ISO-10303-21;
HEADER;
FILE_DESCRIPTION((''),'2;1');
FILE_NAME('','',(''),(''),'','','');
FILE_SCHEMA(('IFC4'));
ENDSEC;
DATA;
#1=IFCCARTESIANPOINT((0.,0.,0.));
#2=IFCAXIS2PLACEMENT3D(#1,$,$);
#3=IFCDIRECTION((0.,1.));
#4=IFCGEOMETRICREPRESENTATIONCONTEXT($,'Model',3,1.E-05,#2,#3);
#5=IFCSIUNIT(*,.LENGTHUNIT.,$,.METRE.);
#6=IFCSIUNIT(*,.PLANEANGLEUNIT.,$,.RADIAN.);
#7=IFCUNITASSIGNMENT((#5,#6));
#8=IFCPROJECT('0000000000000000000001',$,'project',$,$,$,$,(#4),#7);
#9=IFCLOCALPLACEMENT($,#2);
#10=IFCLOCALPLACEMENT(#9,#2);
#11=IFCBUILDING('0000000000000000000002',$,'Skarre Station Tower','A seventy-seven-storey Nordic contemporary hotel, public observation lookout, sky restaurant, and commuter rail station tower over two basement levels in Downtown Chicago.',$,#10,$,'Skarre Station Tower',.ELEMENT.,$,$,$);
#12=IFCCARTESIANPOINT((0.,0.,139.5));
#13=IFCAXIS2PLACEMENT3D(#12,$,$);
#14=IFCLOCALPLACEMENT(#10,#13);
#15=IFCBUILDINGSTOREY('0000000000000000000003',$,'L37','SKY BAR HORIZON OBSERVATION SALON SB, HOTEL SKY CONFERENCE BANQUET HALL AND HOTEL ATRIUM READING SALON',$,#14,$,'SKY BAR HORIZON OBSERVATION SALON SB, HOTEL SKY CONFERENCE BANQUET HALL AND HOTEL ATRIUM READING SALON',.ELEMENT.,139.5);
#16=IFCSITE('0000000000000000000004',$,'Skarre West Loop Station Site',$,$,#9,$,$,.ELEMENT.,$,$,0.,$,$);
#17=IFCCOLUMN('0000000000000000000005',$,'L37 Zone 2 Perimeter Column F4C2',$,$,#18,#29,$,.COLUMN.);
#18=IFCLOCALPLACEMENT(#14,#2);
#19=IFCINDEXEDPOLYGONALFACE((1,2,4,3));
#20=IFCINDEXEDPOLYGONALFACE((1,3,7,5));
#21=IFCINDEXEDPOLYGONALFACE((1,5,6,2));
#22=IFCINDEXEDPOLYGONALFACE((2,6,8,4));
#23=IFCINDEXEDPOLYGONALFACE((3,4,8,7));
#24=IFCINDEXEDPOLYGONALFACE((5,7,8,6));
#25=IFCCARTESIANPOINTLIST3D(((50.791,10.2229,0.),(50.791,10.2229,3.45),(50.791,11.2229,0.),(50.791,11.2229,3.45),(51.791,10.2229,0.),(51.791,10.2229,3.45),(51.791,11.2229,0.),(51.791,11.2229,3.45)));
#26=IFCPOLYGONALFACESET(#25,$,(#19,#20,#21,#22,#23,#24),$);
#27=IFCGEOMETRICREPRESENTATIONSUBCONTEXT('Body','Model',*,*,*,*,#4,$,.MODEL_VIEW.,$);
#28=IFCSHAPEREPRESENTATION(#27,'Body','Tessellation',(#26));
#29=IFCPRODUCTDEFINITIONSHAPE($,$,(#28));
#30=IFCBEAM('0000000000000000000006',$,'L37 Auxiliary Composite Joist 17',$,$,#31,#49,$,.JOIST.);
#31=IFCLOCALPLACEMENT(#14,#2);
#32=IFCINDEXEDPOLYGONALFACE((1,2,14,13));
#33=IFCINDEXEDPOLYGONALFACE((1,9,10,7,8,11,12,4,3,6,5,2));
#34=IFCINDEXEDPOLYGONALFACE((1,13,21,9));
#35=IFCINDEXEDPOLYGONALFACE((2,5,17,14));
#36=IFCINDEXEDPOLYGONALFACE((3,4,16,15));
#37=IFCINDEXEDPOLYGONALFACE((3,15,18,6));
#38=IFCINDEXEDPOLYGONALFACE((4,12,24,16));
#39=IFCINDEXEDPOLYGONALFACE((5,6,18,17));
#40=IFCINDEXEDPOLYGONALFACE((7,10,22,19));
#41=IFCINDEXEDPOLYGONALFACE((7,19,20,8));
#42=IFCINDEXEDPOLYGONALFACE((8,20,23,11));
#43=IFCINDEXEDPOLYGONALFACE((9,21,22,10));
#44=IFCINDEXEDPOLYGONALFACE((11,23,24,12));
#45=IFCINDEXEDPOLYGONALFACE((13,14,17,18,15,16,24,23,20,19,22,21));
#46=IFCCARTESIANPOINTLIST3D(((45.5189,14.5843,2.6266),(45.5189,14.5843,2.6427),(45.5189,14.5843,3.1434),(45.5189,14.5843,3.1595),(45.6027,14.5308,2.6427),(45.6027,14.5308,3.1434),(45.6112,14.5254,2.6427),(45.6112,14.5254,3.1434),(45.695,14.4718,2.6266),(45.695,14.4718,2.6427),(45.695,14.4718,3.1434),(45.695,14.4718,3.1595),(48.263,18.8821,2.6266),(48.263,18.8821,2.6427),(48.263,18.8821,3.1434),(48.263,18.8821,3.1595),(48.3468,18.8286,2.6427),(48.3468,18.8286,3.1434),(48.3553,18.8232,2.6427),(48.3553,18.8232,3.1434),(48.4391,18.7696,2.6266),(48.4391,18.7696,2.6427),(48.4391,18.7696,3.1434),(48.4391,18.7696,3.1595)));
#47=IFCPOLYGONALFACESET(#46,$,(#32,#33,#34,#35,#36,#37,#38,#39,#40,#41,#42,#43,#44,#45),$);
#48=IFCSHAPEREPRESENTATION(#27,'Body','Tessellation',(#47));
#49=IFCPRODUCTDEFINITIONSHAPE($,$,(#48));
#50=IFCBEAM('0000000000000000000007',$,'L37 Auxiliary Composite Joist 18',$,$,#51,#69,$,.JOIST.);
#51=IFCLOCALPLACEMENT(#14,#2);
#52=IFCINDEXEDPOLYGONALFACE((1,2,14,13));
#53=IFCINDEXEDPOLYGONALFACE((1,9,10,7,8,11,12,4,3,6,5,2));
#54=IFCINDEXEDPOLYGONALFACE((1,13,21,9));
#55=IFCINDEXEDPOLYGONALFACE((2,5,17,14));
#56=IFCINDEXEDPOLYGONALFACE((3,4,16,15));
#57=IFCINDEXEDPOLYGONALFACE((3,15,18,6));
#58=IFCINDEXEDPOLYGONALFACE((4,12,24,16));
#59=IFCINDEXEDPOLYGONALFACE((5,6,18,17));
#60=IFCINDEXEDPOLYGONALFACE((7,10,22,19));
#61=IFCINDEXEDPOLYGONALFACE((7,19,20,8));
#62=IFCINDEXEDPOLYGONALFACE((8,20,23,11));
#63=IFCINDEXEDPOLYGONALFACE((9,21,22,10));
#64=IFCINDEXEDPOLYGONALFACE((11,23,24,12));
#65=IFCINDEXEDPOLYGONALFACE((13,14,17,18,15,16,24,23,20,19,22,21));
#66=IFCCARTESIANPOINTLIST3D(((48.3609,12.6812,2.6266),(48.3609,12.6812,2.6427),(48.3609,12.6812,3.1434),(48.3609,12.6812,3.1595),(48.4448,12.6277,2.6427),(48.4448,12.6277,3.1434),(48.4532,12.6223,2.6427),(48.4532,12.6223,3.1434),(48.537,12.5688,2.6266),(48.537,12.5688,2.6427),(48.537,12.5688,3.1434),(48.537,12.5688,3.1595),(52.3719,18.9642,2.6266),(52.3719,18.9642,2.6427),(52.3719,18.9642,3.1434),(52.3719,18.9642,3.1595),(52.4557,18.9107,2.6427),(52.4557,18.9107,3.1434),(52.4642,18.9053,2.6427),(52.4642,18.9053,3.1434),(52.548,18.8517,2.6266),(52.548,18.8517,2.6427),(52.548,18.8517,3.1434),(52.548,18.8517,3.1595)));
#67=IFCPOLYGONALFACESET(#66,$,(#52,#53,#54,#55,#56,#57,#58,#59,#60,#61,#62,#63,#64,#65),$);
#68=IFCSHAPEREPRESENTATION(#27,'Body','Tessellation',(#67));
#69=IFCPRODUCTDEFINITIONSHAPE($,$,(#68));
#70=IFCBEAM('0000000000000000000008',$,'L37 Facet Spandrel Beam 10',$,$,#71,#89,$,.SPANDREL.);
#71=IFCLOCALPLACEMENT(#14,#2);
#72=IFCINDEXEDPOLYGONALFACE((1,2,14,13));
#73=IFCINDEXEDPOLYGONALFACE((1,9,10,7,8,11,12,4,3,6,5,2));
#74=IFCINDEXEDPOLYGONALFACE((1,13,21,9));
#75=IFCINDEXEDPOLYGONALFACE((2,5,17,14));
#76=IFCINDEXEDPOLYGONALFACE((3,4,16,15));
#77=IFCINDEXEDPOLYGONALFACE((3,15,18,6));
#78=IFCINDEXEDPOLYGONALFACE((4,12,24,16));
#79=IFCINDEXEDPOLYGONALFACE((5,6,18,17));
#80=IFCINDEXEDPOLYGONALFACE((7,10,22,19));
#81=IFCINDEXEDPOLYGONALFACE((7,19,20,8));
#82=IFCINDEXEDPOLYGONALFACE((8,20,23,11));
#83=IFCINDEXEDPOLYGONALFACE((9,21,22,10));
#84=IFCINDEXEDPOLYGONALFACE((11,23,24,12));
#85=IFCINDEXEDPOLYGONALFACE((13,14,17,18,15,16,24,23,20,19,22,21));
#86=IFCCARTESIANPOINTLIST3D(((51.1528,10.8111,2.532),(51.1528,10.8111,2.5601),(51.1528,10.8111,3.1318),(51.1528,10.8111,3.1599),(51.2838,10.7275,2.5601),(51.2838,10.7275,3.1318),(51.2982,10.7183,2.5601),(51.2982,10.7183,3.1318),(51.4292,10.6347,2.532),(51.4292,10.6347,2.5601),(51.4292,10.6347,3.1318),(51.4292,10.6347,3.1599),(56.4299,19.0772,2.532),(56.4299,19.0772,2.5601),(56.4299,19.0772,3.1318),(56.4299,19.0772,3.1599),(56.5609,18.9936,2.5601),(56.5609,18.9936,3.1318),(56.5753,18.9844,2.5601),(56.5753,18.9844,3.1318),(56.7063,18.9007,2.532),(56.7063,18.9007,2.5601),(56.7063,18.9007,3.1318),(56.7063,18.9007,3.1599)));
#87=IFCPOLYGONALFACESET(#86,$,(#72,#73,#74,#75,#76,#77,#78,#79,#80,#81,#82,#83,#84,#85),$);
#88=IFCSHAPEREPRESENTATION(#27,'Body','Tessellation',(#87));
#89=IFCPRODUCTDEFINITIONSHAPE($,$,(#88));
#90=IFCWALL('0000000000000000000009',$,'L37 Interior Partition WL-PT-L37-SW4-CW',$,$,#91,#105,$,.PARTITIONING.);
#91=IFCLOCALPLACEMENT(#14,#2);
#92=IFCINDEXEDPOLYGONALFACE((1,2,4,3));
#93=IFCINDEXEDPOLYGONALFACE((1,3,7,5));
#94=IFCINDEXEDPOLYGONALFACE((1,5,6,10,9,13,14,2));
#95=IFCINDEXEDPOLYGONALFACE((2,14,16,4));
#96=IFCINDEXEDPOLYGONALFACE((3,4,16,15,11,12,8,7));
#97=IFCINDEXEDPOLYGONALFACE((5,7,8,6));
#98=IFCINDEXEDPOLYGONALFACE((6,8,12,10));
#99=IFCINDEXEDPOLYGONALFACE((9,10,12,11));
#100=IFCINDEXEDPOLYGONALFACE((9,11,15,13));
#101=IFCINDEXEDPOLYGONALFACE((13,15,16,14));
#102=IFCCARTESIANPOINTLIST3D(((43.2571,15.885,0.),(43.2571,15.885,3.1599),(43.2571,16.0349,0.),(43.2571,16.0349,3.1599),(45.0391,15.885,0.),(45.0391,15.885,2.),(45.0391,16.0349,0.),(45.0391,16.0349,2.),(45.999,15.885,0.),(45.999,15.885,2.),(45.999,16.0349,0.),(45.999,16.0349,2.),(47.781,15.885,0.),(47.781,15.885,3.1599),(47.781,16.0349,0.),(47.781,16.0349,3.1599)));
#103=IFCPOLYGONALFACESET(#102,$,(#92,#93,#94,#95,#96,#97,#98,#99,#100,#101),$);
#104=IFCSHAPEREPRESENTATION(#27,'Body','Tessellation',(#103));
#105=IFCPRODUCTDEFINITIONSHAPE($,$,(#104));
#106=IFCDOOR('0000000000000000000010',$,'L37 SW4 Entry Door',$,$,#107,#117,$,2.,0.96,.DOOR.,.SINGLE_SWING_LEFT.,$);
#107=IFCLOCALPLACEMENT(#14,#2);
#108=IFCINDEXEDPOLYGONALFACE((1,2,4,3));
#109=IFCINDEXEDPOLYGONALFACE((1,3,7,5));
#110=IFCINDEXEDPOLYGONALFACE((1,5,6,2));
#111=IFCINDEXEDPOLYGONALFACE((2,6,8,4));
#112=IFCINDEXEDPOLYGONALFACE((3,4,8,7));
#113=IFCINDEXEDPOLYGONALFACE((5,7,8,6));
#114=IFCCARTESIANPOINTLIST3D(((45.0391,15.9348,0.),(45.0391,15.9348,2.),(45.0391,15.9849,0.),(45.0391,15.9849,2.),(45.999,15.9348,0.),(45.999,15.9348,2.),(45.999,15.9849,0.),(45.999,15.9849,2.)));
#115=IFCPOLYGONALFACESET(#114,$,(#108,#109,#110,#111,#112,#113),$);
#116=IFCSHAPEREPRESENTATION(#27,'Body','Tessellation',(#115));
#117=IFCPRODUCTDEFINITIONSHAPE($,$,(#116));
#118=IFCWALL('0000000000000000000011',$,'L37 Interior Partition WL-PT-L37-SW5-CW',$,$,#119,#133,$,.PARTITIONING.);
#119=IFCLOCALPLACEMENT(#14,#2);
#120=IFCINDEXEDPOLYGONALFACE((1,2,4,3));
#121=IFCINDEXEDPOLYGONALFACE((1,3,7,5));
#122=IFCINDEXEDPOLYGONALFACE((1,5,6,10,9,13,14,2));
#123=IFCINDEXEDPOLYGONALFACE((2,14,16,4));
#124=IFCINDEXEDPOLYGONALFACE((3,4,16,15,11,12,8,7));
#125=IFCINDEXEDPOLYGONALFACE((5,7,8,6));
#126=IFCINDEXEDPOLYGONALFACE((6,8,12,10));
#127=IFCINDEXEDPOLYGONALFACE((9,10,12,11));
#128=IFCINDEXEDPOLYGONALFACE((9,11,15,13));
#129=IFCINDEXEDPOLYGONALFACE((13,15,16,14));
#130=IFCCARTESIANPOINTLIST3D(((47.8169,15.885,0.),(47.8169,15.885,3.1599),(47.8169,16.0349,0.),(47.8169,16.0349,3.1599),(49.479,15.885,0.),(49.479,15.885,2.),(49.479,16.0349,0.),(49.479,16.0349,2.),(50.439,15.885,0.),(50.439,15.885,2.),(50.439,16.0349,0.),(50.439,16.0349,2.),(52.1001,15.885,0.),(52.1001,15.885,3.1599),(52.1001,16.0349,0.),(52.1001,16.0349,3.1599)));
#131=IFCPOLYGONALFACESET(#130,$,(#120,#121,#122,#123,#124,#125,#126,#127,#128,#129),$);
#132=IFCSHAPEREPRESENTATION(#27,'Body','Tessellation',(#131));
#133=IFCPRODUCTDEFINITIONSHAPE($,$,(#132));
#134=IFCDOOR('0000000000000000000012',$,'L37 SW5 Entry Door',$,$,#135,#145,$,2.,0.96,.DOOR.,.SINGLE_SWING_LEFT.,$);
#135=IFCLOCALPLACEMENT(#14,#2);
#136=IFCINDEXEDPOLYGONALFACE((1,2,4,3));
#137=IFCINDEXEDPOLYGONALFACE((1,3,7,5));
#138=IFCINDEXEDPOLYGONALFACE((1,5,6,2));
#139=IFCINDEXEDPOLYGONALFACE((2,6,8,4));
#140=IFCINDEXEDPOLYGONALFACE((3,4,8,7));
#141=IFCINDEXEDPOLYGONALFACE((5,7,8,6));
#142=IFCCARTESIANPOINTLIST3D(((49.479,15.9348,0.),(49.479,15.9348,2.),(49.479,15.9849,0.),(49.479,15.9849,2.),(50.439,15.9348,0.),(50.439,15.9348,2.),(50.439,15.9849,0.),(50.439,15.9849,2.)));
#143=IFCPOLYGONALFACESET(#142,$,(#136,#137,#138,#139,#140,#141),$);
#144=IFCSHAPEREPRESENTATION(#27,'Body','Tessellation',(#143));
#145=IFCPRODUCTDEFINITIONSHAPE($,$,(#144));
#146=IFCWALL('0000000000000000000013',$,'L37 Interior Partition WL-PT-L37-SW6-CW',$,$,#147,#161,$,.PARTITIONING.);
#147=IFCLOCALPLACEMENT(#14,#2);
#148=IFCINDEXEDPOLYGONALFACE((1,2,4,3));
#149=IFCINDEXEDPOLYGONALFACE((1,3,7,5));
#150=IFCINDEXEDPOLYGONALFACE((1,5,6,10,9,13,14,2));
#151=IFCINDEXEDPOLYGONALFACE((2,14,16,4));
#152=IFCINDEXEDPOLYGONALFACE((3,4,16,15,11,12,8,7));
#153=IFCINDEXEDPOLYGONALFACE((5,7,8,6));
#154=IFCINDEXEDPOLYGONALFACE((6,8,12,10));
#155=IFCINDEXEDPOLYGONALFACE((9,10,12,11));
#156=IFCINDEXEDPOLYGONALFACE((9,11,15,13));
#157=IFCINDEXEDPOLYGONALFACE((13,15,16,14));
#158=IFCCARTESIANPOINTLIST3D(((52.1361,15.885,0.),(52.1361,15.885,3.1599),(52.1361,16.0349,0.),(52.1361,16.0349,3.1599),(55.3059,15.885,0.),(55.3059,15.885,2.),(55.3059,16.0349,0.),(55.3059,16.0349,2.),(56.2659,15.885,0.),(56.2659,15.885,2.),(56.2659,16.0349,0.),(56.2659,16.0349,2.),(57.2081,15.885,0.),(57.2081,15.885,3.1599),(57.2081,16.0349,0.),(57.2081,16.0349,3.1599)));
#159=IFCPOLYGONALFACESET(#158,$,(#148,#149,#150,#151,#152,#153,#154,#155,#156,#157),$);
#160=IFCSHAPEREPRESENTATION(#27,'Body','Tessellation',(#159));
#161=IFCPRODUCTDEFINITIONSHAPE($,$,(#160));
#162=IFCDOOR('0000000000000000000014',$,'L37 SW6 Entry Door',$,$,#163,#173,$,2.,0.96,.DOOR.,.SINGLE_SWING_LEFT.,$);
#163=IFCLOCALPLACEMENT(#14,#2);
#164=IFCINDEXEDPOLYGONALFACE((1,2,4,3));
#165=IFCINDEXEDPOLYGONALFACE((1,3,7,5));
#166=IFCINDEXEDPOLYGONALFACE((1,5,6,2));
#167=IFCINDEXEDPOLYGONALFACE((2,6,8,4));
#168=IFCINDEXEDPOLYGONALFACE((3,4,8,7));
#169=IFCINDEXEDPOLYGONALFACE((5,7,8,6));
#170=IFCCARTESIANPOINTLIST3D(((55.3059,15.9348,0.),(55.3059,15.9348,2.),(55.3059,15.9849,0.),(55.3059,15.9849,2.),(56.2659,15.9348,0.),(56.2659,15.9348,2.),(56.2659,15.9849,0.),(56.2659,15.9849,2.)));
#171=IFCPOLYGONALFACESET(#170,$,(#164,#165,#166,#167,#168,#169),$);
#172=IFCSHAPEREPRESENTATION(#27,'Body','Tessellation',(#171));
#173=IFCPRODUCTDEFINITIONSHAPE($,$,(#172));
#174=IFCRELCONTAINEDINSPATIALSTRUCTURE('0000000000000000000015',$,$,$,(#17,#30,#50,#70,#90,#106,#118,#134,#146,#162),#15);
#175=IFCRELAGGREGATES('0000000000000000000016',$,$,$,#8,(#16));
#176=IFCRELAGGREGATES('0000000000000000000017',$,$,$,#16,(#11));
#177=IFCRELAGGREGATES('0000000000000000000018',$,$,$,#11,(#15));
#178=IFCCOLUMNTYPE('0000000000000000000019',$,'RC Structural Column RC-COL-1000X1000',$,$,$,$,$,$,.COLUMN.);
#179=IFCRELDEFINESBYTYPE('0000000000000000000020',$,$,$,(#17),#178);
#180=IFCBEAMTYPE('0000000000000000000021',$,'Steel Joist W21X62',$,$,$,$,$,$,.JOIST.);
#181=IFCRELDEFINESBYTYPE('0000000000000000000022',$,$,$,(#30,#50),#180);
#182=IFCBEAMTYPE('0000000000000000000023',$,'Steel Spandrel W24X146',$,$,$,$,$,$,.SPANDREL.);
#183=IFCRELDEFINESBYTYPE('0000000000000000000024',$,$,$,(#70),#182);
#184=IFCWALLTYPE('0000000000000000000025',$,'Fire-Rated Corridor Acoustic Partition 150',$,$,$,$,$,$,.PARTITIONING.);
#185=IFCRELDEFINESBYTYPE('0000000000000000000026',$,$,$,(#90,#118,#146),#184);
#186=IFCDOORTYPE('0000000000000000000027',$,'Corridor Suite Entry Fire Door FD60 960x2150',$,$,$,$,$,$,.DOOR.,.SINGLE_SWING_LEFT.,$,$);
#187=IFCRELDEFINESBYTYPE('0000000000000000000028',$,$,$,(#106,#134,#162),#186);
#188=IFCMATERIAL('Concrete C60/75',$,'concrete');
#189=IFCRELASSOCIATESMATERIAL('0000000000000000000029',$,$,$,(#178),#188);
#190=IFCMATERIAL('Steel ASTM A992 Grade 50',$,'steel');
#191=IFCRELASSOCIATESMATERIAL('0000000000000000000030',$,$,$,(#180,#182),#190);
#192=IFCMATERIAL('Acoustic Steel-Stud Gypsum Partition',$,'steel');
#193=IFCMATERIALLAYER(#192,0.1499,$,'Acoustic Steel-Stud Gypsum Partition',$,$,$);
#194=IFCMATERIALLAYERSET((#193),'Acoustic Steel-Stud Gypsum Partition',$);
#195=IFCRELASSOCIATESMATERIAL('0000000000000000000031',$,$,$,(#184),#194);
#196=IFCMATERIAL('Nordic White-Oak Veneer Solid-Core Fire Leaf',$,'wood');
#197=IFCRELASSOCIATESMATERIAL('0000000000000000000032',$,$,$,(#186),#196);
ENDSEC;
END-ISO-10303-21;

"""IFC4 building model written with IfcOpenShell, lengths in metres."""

from ifc_helpers import new_model, si_unit, direction, frame, frame_2d, origin, origin_2d, place, context, subcontext, project, spatial, rectangle, i_section, extrude, material, layer, layer_set, material_profile, profile_set, type_object, element, fill, save


model = new_model("IFC4")

# Units and contexts
model_context = context("Model", 3, precision=1e-05, world=origin(), true_north=direction((0.0, 1.0)))
body_context = subcontext(model_context, "Body", "Model", "MODEL_VIEW")
ifc_project = project(units=[si_unit("LENGTHUNIT", "METRE"), si_unit("PLANEANGLEUNIT", "RADIAN")], contexts=[model_context])

# Site, building, storey
site_placement = place(None, origin())
site = spatial("IfcSite", under=ifc_project, at=site_placement, Name="Skarre West Loop Station Site", CompositionType="ELEMENT", RefElevation=0.0)
building_placement = place(site_placement, origin())
building = spatial("IfcBuilding", under=site, at=building_placement, Name="Skarre Station Tower", Description="A seventy-seven-storey Nordic contemporary hotel, public observation lookout, sky restaurant, and commuter rail station tower over two basement levels in Downtown Chicago.", LongName="Skarre Station Tower", CompositionType="ELEMENT")
storey_placement = place(building_placement, frame((0.0, 0.0, 139.5)))
storey = spatial("IfcBuildingStorey", under=building, at=storey_placement, Name="L37", Description="SKY BAR HORIZON OBSERVATION SALON SB, HOTEL SKY CONFERENCE BANQUET HALL AND HOTEL ATRIUM READING SALON", LongName="SKY BAR HORIZON OBSERVATION SALON SB, HOTEL SKY CONFERENCE BANQUET HALL AND HOTEL ATRIUM READING SALON", CompositionType="ELEMENT", Elevation=139.5)

# Column
ifc_material_1 = material(Name="Concrete C60/75", Category="concrete")
ifc_material_profile_1 = material_profile(ifc_material_1, rectangle(XDim=1.0, YDim=1.0, at=origin_2d()), Name="Concrete C60/75")
ifc_profile_set_1 = profile_set([ifc_material_profile_1], Name="Concrete C60/75")
column_type = type_object("IfcColumnType", Name="RC Structural Column RC-COL-1000X1000", PredefinedType="COLUMN", material=ifc_profile_set_1)
column_placement = place(storey_placement, frame((51.291, 10.7229, 0.0), z_axis=(0.0, 0.0, 1.0), x_axis=(1.0, 0.0, 0.0)))
element("IfcColumn", 1, at=column_placement, inside=storey, type_object=column_type, Name="L37 Zone 2 Perimeter Column F4C2", PredefinedType="COLUMN", context=body_context, shape_type="SweptSolid", body=[
    extrude(rectangle(XDim=1.0, YDim=1.0, at=origin_2d()), origin(), (0.0, 0.0, 1.0), 3.45),
])

# Beams
ifc_material_2 = material(Name="Steel ASTM A992 Grade 50", Category="steel")
ifc_material_profile_2 = material_profile(ifc_material_2, i_section(OverallWidth=0.209, OverallDepth=0.533, WebThickness=0.01, FlangeThickness=0.0161, at=origin_2d()), Name="Steel ASTM A992 Grade 50")
ifc_profile_set_2 = profile_set([ifc_material_profile_2], Name="Steel ASTM A992 Grade 50")
beam_type_1 = type_object("IfcBeamType", Name="Steel Joist W21X62", PredefinedType="JOIST", material=ifc_profile_set_2)
beam_1_placement = place(storey_placement, frame((45.6069, 14.5281, 2.8931), z_axis=(0.538151, 0.842848, 0.0), x_axis=(-0.842848, 0.538151, 0.0)))
element("IfcBeam", 2, at=beam_1_placement, inside=storey, type_object=beam_type_1, Name="L37 Auxiliary Composite Joist 17", PredefinedType="JOIST", context=body_context, shape_type="SweptSolid", body=[
    extrude(i_section(OverallWidth=0.209, OverallDepth=0.533, WebThickness=0.01, FlangeThickness=0.0161, at=origin_2d()), origin(), (0.0, 0.0, 1.0), 5.0991),
])
beam_2_placement = place(storey_placement, frame((48.449, 12.625, 2.8931), z_axis=(0.538091, 0.842886, 0.0), x_axis=(-0.842886, 0.538091, 0.0)))
element("IfcBeam", 3, at=beam_2_placement, inside=storey, type_object=beam_type_1, Name="L37 Auxiliary Composite Joist 18", PredefinedType="JOIST", context=body_context, shape_type="SweptSolid", body=[
    extrude(i_section(OverallWidth=0.209, OverallDepth=0.533, WebThickness=0.01, FlangeThickness=0.0161, at=origin_2d()), origin(), (0.0, 0.0, 1.0), 7.4541),
])
ifc_material_profile_3 = material_profile(ifc_material_2, i_section(OverallWidth=0.3279, OverallDepth=0.6279, WebThickness=0.0171, FlangeThickness=0.0281, at=origin_2d()), Name="Steel ASTM A992 Grade 50")
ifc_profile_set_3 = profile_set([ifc_material_profile_3], Name="Steel ASTM A992 Grade 50")
beam_type_2 = type_object("IfcBeamType", Name="Steel Spandrel W24X146", PredefinedType="SPANDREL", material=ifc_profile_set_3)
beam_3_placement = place(storey_placement, frame((51.291, 10.7229, 2.8459), z_axis=(0.538098, 0.842883, 0.0), x_axis=(-0.842883, 0.538098, 0.0)))
element("IfcBeam", 4, at=beam_3_placement, inside=storey, type_object=beam_type_2, Name="L37 Facet Spandrel Beam 10", PredefinedType="SPANDREL", context=body_context, shape_type="SweptSolid", body=[
    extrude(i_section(OverallWidth=0.3279, OverallDepth=0.6279, WebThickness=0.0171, FlangeThickness=0.0281, at=origin_2d()), origin(), (0.0, 0.0, 1.0), 9.8069),
])

# Walls, openings, doors
ifc_material_3 = material(Name="Acoustic Steel-Stud Gypsum Partition", Category="steel")
ifc_layer_1 = layer(ifc_material_3, 0.1499, Name="Acoustic Steel-Stud Gypsum Partition")
ifc_layer_set_1 = layer_set([ifc_layer_1], Name="Acoustic Steel-Stud Gypsum Partition")
wall_type_1 = type_object("IfcWallType", Name="Fire-Rated Corridor Acoustic Partition 150", PredefinedType="PARTITIONING", material=ifc_layer_set_1)
wall_1_placement = place(storey_placement, frame((43.2571, 15.96, 0.0), z_axis=(0.0, 0.0, 1.0), x_axis=(1.0, 0.0, 0.0)))
wall_1 = element("IfcWall", 5, at=wall_1_placement, inside=storey, type_object=wall_type_1, Name="L37 Interior Partition WL-PT-L37-SW4-CW", PredefinedType="PARTITIONING", context=body_context, shape_type="SweptSolid", body=[
    extrude(rectangle(XDim=4.5239, YDim=0.1499, at=frame_2d((2.262, 0.0))), origin(), (0.0, 0.0, 1.0), 3.1599),
])
opening_1_placement = place(wall_1_placement, frame((1.782, 0.0, 0.0)))
opening_1 = element("IfcOpeningElement", 6, at=opening_1_placement, cuts=wall_1, PredefinedType="OPENING", context=body_context, shape_type="SweptSolid", body=[
    extrude(rectangle(XDim=0.96, YDim=2.0, at=frame_2d((0.48, 1.0))), frame((0.0, 0.085, 0.0), z_axis=(0.0, -1.0, 0.0), x_axis=(1.0, 0.0, 0.0)), (0.0, 0.0, 1.0), 0.1699),
])
ifc_material_4 = material(Name="Nordic White-Oak Veneer Solid-Core Fire Leaf", Category="wood")
door_type_1 = type_object("IfcDoorType", Name="Corridor Suite Entry Fire Door FD60 960x2150", OperationType="SINGLE_SWING_LEFT", PredefinedType="DOOR", material=ifc_material_4)
door_1_placement = place(opening_1_placement, origin())
door_1 = element("IfcDoor", 7, at=door_1_placement, inside=storey, type_object=door_type_1, Name="L37 SW4 Entry Door", OperationType="SINGLE_SWING_LEFT", OverallHeight=2.0, OverallWidth=0.96, PredefinedType="DOOR", context=body_context, shape_type="SweptSolid", body=[
    extrude(rectangle(XDim=0.96, YDim=2.0, at=frame_2d((0.48, 1.0))), frame((0.0, 0.0249, 0.0), z_axis=(0.0, -1.0, 0.0), x_axis=(1.0, 0.0, 0.0)), (0.0, 0.0, 1.0), 0.05),
])
fill(opening_1, door_1)
wall_2_placement = place(storey_placement, frame((47.8169, 15.96, 0.0), z_axis=(0.0, 0.0, 1.0), x_axis=(1.0, 0.0, 0.0)))
wall_2 = element("IfcWall", 8, at=wall_2_placement, inside=storey, type_object=wall_type_1, Name="L37 Interior Partition WL-PT-L37-SW5-CW", PredefinedType="PARTITIONING", context=body_context, shape_type="SweptSolid", body=[
    extrude(rectangle(XDim=4.2832, YDim=0.1499, at=frame_2d((2.1416, 0.0))), origin(), (0.0, 0.0, 1.0), 3.1599),
])
opening_2_placement = place(wall_2_placement, frame((1.6621, 0.0, 0.0)))
opening_2 = element("IfcOpeningElement", 9, at=opening_2_placement, cuts=wall_2, PredefinedType="OPENING", context=body_context, shape_type="SweptSolid", body=[
    extrude(rectangle(XDim=0.96, YDim=2.0, at=frame_2d((0.48, 1.0))), frame((0.0, 0.085, 0.0), z_axis=(0.0, -1.0, 0.0), x_axis=(1.0, 0.0, 0.0)), (0.0, 0.0, 1.0), 0.1699),
])
door_2_placement = place(opening_2_placement, origin())
door_2 = element("IfcDoor", 10, at=door_2_placement, inside=storey, type_object=door_type_1, Name="L37 SW5 Entry Door", OperationType="SINGLE_SWING_LEFT", OverallHeight=2.0, OverallWidth=0.96, PredefinedType="DOOR", context=body_context, shape_type="SweptSolid", body=[
    extrude(rectangle(XDim=0.96, YDim=2.0, at=frame_2d((0.48, 1.0))), frame((0.0, 0.0249, 0.0), z_axis=(0.0, -1.0, 0.0), x_axis=(1.0, 0.0, 0.0)), (0.0, 0.0, 1.0), 0.05),
])
fill(opening_2, door_2)
wall_3_placement = place(storey_placement, frame((52.136, 15.96, 0.0), z_axis=(0.0, 0.0, 1.0), x_axis=(1.0, 0.0, 0.0)))
wall_3 = element("IfcWall", 11, at=wall_3_placement, inside=storey, type_object=wall_type_1, Name="L37 Interior Partition WL-PT-L37-SW6-CW", PredefinedType="PARTITIONING", context=body_context, shape_type="SweptSolid", body=[
    extrude(rectangle(XDim=5.072, YDim=0.1499, at=frame_2d((2.5361, 0.0))), origin(), (0.0, 0.0, 1.0), 3.1599),
])
opening_3_placement = place(wall_3_placement, frame((3.1699, 0.0, 0.0)))
opening_3 = element("IfcOpeningElement", 12, at=opening_3_placement, cuts=wall_3, PredefinedType="OPENING", context=body_context, shape_type="SweptSolid", body=[
    extrude(rectangle(XDim=0.96, YDim=2.0, at=frame_2d((0.48, 1.0))), frame((0.0, 0.085, 0.0), z_axis=(0.0, -1.0, 0.0), x_axis=(1.0, 0.0, 0.0)), (0.0, 0.0, 1.0), 0.1699),
])
door_3_placement = place(opening_3_placement, origin())
door_3 = element("IfcDoor", 13, at=door_3_placement, inside=storey, type_object=door_type_1, Name="L37 SW6 Entry Door", OperationType="SINGLE_SWING_LEFT", OverallHeight=2.0, OverallWidth=0.96, PredefinedType="DOOR", context=body_context, shape_type="SweptSolid", body=[
    extrude(rectangle(XDim=0.96, YDim=2.0, at=frame_2d((0.48, 1.0))), frame((0.0, 0.0249, 0.0), z_axis=(0.0, -1.0, 0.0), x_axis=(1.0, 0.0, 0.0)), (0.0, 0.0, 1.0), 0.05),
])
fill(opening_3, door_3)

save(model, "model.ifc")
